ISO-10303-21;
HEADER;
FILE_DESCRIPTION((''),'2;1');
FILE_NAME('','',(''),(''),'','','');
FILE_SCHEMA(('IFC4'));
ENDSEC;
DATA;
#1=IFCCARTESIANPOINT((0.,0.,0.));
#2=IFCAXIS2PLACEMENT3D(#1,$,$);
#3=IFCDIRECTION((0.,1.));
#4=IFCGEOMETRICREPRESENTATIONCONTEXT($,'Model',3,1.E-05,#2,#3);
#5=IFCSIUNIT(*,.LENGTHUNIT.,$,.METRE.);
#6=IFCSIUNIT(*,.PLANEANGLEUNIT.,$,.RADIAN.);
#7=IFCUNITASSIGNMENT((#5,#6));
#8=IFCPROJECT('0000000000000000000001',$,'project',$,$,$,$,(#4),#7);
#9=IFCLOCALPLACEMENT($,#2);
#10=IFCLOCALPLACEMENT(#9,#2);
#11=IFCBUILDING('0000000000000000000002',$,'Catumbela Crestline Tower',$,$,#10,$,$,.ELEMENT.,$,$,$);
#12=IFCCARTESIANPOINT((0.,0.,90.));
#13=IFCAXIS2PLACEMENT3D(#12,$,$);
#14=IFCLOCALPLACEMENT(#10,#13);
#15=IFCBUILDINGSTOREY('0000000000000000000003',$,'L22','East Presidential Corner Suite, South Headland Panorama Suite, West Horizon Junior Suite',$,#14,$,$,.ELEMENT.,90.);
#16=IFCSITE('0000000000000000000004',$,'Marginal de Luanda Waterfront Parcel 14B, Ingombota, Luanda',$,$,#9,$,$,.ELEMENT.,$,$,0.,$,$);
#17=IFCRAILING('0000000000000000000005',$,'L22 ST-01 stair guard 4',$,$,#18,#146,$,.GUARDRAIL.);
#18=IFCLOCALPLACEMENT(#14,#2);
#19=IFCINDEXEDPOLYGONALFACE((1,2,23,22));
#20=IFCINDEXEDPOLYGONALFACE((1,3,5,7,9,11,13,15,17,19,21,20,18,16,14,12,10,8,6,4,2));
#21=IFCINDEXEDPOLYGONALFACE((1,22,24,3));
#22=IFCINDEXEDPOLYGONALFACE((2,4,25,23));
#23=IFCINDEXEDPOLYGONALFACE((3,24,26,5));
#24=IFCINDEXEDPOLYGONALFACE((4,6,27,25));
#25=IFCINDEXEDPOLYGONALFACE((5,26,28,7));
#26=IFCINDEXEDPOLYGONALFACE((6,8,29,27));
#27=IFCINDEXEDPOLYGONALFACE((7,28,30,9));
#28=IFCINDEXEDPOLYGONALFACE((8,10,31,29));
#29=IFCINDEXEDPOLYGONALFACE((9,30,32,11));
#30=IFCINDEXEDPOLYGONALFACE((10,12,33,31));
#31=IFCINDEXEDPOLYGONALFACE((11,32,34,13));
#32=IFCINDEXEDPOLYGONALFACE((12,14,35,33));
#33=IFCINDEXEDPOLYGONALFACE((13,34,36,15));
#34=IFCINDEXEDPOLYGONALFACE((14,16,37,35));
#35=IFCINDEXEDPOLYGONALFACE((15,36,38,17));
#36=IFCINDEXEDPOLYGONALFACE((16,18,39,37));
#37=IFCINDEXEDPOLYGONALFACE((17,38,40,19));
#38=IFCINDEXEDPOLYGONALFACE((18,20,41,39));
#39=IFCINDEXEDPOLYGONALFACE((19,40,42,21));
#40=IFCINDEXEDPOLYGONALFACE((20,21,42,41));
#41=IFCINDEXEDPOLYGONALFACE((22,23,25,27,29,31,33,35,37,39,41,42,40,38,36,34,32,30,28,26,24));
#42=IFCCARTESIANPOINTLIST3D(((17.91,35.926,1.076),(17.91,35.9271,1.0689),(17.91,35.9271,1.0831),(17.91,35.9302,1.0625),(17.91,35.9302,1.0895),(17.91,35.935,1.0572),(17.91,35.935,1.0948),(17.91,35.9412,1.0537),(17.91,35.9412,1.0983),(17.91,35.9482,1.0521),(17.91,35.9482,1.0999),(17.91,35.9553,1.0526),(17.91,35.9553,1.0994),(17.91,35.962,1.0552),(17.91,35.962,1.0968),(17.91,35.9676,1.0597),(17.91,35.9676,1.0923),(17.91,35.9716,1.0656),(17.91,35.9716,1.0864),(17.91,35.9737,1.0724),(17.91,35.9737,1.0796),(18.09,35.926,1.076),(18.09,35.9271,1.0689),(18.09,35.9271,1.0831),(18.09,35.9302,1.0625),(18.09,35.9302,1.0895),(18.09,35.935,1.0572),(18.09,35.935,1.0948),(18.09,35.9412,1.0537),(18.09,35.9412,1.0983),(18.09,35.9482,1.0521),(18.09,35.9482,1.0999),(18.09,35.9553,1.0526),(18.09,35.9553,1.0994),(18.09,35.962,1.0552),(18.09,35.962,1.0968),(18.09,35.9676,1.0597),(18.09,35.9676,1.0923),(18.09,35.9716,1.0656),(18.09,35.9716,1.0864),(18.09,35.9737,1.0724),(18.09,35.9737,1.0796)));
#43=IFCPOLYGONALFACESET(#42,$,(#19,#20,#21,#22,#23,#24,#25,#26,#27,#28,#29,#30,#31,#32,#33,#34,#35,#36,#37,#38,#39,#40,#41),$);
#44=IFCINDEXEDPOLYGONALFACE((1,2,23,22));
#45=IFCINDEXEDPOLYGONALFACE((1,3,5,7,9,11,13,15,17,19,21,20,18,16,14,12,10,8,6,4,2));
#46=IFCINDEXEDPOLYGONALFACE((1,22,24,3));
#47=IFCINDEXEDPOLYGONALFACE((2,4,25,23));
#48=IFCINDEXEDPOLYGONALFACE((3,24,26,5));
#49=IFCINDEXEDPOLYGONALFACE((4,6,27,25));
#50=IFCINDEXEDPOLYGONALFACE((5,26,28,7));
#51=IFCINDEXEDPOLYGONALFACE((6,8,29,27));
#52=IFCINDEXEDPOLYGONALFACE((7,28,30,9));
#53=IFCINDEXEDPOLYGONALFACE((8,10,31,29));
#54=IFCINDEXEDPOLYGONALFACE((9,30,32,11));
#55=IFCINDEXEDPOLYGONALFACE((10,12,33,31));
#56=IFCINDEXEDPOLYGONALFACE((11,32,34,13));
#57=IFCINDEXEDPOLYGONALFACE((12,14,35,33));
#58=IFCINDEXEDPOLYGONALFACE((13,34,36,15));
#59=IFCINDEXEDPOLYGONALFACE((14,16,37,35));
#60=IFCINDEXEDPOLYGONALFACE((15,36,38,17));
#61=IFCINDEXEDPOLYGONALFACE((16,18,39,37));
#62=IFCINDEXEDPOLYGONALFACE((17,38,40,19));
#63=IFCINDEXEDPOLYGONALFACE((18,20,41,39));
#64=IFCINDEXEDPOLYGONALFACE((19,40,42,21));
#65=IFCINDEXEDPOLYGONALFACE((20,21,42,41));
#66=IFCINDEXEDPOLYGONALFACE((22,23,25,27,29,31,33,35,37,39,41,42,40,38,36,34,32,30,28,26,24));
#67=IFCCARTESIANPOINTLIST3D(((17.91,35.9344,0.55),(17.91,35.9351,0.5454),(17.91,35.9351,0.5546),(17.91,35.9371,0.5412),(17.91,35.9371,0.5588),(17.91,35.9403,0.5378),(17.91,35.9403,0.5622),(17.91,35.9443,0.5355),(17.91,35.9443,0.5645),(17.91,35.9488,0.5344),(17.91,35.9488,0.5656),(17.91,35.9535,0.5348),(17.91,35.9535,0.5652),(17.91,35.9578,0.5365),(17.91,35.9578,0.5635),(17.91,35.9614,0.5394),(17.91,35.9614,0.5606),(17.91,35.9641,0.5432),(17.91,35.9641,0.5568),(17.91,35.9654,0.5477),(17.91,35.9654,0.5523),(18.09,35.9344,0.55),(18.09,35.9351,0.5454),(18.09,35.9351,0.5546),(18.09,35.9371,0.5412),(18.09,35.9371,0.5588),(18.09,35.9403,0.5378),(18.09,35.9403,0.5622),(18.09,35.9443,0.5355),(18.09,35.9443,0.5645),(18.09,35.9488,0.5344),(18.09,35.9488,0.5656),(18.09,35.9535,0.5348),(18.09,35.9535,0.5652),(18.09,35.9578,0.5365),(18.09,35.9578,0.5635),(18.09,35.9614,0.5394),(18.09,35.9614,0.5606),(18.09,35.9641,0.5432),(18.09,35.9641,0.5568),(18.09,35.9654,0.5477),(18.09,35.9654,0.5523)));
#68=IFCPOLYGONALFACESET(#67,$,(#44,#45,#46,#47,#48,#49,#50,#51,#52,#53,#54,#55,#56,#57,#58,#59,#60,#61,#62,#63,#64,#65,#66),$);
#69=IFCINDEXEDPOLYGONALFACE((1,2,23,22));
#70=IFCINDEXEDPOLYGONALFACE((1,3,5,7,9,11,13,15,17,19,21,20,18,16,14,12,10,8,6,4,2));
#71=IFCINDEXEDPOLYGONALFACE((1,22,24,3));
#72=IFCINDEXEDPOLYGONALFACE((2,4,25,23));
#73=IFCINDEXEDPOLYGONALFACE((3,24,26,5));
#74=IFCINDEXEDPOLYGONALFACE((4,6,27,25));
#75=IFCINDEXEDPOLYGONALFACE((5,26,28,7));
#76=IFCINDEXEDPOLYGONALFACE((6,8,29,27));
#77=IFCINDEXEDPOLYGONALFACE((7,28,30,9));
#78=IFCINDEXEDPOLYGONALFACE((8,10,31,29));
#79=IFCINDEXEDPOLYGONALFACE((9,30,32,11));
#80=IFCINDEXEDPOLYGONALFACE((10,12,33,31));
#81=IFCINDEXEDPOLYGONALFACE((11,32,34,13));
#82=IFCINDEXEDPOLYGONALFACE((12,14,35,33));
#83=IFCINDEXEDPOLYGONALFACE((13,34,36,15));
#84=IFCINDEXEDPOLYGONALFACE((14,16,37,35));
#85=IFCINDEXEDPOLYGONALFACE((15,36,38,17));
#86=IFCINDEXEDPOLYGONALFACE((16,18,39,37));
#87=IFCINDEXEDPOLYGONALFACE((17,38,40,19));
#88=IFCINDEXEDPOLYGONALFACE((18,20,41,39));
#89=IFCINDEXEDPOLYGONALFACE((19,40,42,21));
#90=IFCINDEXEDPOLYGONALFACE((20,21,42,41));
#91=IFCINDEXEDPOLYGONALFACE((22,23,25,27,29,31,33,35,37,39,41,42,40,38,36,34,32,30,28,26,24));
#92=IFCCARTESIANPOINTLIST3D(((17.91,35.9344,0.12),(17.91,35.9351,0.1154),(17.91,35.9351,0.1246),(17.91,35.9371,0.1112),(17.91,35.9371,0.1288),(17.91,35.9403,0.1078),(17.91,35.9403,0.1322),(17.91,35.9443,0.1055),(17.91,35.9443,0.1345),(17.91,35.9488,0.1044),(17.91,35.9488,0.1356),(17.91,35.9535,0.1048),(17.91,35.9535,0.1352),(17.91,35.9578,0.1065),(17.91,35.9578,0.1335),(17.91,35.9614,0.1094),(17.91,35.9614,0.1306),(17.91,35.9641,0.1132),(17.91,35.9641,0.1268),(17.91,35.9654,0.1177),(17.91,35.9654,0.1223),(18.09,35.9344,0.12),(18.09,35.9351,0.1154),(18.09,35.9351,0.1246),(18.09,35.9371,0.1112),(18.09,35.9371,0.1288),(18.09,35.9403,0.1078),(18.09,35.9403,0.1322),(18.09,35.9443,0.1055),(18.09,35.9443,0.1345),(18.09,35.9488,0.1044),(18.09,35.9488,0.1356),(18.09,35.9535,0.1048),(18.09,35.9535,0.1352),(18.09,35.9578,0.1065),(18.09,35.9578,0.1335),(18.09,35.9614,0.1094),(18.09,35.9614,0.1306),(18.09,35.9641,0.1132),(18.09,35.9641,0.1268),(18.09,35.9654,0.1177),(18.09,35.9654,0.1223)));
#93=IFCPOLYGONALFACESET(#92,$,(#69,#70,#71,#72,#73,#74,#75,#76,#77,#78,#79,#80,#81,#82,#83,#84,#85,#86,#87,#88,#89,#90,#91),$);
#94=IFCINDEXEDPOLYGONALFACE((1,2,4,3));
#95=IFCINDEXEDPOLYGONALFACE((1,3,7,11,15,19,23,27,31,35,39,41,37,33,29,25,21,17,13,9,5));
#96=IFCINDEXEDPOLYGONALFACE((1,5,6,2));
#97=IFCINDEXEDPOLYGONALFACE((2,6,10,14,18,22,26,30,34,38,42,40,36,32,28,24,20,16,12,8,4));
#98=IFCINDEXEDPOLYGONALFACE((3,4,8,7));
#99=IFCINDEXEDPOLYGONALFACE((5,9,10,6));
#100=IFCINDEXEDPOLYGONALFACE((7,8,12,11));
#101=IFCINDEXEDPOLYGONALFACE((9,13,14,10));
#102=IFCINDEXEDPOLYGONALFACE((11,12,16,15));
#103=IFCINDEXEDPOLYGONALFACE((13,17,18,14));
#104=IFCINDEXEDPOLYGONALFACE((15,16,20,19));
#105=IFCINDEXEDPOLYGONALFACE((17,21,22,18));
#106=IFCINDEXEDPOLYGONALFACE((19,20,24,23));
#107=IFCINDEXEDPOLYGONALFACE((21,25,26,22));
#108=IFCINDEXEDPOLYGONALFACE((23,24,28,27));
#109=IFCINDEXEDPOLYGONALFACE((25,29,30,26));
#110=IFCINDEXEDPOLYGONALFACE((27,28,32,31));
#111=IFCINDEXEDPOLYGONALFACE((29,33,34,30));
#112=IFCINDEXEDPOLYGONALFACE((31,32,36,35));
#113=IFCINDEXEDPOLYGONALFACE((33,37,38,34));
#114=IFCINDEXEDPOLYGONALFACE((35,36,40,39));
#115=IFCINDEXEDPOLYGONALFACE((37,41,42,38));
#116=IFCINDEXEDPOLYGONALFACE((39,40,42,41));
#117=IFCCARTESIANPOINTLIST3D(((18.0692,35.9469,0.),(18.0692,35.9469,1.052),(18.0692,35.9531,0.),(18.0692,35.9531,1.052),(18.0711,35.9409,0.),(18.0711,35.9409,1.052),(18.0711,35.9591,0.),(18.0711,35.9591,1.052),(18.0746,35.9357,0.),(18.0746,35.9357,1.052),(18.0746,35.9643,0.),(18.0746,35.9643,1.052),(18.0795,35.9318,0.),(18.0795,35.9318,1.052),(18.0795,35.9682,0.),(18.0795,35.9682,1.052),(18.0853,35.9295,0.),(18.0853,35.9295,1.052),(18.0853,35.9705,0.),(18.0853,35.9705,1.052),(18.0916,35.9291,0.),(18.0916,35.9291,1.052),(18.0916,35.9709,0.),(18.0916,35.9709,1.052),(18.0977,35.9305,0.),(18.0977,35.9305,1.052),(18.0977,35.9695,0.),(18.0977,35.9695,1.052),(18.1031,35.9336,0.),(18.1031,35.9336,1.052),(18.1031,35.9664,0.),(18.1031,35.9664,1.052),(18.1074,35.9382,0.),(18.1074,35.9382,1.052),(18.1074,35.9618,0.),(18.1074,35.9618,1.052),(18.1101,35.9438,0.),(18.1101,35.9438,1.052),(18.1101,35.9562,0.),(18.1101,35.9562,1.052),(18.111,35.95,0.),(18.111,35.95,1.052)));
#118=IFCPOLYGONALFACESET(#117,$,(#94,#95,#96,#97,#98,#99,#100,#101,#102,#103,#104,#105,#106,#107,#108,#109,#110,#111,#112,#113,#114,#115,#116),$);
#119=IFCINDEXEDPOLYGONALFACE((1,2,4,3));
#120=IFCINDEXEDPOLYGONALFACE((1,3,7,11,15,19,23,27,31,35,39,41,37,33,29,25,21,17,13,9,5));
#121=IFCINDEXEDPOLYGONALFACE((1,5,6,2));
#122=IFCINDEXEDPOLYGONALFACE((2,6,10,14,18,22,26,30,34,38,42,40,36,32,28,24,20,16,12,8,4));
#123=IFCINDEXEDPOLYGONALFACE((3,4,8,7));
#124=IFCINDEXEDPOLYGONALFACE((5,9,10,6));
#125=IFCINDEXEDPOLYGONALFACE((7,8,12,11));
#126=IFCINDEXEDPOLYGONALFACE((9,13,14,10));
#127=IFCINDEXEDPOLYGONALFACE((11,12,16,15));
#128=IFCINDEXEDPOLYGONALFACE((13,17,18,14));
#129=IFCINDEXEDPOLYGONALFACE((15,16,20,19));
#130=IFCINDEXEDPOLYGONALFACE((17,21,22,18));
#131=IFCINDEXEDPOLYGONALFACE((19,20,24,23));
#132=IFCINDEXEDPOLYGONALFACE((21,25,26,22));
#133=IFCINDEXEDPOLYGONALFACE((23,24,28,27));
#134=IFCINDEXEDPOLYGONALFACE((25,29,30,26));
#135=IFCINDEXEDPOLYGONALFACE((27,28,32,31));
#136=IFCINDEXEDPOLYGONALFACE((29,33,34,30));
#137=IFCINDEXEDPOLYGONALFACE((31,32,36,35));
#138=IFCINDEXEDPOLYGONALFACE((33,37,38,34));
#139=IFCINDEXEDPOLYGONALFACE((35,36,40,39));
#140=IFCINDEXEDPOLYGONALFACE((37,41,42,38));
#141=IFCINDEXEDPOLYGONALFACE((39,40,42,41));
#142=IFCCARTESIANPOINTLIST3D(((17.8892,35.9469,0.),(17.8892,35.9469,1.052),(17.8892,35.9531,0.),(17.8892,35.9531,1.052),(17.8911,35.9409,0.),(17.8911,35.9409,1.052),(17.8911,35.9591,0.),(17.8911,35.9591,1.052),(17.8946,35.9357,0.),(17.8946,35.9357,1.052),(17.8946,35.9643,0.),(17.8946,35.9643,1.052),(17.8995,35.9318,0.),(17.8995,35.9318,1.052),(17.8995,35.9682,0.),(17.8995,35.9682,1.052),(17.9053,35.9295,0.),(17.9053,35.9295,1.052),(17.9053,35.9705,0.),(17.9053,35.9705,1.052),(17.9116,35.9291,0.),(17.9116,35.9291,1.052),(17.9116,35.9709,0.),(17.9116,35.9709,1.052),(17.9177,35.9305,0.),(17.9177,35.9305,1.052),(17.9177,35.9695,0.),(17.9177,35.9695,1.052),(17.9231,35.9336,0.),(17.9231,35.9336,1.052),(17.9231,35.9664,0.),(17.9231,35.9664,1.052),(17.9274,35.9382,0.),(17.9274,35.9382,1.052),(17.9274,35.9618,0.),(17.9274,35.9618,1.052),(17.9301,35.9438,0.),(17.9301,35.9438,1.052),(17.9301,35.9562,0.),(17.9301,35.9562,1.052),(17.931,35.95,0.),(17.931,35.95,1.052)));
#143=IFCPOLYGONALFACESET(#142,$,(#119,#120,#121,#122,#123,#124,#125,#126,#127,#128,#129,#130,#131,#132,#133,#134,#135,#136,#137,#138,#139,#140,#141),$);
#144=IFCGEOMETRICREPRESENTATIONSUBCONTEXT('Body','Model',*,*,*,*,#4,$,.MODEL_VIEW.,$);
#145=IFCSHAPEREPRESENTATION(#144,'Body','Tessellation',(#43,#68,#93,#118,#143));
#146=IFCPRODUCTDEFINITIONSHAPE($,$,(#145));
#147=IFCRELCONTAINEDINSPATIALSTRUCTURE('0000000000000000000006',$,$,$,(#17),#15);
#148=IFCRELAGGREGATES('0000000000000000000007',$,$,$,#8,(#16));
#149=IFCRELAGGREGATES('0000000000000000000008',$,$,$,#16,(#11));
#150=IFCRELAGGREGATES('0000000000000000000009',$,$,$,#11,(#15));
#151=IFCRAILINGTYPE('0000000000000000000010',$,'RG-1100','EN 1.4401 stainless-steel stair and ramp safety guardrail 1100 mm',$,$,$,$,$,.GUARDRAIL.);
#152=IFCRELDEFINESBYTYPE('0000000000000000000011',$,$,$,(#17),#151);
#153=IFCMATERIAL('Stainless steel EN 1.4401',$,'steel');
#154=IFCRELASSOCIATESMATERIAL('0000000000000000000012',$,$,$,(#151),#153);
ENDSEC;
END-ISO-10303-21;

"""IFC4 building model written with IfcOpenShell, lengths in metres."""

from ifc_helpers import new_model, si_unit, direction, frame, origin, origin_2d, place, context, subcontext, project, spatial, circle, extrude, material, type_object, element, save


model = new_model("IFC4")

# Units and contexts
model_context = context("Model", 3, precision=1e-05, world=origin(), true_north=direction((0.0, 1.0)))
body_context = subcontext(model_context, "Body", "Model", "MODEL_VIEW")
ifc_project = project(units=[si_unit("LENGTHUNIT", "METRE"), si_unit("PLANEANGLEUNIT", "RADIAN")], contexts=[model_context])

# Site, building, storey
site_placement = place(None, origin())
site = spatial("IfcSite", under=ifc_project, at=site_placement, Name="Marginal de Luanda Waterfront Parcel 14B, Ingombota, Luanda", CompositionType="ELEMENT", RefElevation=0.0)
building_placement = place(site_placement, origin())
building = spatial("IfcBuilding", under=site, at=building_placement, Name="Catumbela Crestline Tower", CompositionType="ELEMENT")
storey_placement = place(building_placement, frame((0.0, 0.0, 90.0)))
storey = spatial("IfcBuildingStorey", under=building, at=storey_placement, Name="L22", Description="East Presidential Corner Suite, South Headland Panorama Suite, West Horizon Junior Suite", CompositionType="ELEMENT", Elevation=90.0)

# Railing
ifc_material_1 = material(Name="Stainless steel EN 1.4401", Category="steel")
railing_type_1 = type_object("IfcRailingType", Name="RG-1100", Description="EN 1.4401 stainless-steel stair and ramp safety guardrail 1100 mm", PredefinedType="GUARDRAIL", material=ifc_material_1)
railing_1_placement = place(storey_placement, frame((18.09, 35.95, 0.0)))
element("IfcRailing", 1, at=railing_1_placement, inside=storey, type_object=railing_type_1, Name="L22 ST-01 stair guard 4", PredefinedType="GUARDRAIL", context=body_context, shape_type="SweptSolid", body=[
    extrude(circle(Radius=0.024, at=origin_2d()), frame((0.0, 0.0, 1.076), z_axis=(-1.0, 0.0, 0.0), x_axis=(0.0, -1.0, 0.0)), (0.0, 0.0, 1.0), 0.18),
    extrude(circle(Radius=0.0156, at=origin_2d()), frame((0.0, 0.0, 0.55), z_axis=(-1.0, 0.0, 0.0), x_axis=(0.0, -1.0, 0.0)), (0.0, 0.0, 1.0), 0.18),
    extrude(circle(Radius=0.0156, at=origin_2d()), frame((0.0, 0.0, 0.12), z_axis=(-1.0, 0.0, 0.0), x_axis=(0.0, -1.0, 0.0)), (0.0, 0.0, 1.0), 0.18),
    extrude(circle(Radius=0.021, at=origin_2d()), origin(), (0.0, 0.0, 1.0), 1.052),
    extrude(circle(Radius=0.021, at=origin_2d()), frame((-0.18, 0.0, 0.0)), (0.0, 0.0, 1.0), 1.052),
])

save(model, "model.ifc")
